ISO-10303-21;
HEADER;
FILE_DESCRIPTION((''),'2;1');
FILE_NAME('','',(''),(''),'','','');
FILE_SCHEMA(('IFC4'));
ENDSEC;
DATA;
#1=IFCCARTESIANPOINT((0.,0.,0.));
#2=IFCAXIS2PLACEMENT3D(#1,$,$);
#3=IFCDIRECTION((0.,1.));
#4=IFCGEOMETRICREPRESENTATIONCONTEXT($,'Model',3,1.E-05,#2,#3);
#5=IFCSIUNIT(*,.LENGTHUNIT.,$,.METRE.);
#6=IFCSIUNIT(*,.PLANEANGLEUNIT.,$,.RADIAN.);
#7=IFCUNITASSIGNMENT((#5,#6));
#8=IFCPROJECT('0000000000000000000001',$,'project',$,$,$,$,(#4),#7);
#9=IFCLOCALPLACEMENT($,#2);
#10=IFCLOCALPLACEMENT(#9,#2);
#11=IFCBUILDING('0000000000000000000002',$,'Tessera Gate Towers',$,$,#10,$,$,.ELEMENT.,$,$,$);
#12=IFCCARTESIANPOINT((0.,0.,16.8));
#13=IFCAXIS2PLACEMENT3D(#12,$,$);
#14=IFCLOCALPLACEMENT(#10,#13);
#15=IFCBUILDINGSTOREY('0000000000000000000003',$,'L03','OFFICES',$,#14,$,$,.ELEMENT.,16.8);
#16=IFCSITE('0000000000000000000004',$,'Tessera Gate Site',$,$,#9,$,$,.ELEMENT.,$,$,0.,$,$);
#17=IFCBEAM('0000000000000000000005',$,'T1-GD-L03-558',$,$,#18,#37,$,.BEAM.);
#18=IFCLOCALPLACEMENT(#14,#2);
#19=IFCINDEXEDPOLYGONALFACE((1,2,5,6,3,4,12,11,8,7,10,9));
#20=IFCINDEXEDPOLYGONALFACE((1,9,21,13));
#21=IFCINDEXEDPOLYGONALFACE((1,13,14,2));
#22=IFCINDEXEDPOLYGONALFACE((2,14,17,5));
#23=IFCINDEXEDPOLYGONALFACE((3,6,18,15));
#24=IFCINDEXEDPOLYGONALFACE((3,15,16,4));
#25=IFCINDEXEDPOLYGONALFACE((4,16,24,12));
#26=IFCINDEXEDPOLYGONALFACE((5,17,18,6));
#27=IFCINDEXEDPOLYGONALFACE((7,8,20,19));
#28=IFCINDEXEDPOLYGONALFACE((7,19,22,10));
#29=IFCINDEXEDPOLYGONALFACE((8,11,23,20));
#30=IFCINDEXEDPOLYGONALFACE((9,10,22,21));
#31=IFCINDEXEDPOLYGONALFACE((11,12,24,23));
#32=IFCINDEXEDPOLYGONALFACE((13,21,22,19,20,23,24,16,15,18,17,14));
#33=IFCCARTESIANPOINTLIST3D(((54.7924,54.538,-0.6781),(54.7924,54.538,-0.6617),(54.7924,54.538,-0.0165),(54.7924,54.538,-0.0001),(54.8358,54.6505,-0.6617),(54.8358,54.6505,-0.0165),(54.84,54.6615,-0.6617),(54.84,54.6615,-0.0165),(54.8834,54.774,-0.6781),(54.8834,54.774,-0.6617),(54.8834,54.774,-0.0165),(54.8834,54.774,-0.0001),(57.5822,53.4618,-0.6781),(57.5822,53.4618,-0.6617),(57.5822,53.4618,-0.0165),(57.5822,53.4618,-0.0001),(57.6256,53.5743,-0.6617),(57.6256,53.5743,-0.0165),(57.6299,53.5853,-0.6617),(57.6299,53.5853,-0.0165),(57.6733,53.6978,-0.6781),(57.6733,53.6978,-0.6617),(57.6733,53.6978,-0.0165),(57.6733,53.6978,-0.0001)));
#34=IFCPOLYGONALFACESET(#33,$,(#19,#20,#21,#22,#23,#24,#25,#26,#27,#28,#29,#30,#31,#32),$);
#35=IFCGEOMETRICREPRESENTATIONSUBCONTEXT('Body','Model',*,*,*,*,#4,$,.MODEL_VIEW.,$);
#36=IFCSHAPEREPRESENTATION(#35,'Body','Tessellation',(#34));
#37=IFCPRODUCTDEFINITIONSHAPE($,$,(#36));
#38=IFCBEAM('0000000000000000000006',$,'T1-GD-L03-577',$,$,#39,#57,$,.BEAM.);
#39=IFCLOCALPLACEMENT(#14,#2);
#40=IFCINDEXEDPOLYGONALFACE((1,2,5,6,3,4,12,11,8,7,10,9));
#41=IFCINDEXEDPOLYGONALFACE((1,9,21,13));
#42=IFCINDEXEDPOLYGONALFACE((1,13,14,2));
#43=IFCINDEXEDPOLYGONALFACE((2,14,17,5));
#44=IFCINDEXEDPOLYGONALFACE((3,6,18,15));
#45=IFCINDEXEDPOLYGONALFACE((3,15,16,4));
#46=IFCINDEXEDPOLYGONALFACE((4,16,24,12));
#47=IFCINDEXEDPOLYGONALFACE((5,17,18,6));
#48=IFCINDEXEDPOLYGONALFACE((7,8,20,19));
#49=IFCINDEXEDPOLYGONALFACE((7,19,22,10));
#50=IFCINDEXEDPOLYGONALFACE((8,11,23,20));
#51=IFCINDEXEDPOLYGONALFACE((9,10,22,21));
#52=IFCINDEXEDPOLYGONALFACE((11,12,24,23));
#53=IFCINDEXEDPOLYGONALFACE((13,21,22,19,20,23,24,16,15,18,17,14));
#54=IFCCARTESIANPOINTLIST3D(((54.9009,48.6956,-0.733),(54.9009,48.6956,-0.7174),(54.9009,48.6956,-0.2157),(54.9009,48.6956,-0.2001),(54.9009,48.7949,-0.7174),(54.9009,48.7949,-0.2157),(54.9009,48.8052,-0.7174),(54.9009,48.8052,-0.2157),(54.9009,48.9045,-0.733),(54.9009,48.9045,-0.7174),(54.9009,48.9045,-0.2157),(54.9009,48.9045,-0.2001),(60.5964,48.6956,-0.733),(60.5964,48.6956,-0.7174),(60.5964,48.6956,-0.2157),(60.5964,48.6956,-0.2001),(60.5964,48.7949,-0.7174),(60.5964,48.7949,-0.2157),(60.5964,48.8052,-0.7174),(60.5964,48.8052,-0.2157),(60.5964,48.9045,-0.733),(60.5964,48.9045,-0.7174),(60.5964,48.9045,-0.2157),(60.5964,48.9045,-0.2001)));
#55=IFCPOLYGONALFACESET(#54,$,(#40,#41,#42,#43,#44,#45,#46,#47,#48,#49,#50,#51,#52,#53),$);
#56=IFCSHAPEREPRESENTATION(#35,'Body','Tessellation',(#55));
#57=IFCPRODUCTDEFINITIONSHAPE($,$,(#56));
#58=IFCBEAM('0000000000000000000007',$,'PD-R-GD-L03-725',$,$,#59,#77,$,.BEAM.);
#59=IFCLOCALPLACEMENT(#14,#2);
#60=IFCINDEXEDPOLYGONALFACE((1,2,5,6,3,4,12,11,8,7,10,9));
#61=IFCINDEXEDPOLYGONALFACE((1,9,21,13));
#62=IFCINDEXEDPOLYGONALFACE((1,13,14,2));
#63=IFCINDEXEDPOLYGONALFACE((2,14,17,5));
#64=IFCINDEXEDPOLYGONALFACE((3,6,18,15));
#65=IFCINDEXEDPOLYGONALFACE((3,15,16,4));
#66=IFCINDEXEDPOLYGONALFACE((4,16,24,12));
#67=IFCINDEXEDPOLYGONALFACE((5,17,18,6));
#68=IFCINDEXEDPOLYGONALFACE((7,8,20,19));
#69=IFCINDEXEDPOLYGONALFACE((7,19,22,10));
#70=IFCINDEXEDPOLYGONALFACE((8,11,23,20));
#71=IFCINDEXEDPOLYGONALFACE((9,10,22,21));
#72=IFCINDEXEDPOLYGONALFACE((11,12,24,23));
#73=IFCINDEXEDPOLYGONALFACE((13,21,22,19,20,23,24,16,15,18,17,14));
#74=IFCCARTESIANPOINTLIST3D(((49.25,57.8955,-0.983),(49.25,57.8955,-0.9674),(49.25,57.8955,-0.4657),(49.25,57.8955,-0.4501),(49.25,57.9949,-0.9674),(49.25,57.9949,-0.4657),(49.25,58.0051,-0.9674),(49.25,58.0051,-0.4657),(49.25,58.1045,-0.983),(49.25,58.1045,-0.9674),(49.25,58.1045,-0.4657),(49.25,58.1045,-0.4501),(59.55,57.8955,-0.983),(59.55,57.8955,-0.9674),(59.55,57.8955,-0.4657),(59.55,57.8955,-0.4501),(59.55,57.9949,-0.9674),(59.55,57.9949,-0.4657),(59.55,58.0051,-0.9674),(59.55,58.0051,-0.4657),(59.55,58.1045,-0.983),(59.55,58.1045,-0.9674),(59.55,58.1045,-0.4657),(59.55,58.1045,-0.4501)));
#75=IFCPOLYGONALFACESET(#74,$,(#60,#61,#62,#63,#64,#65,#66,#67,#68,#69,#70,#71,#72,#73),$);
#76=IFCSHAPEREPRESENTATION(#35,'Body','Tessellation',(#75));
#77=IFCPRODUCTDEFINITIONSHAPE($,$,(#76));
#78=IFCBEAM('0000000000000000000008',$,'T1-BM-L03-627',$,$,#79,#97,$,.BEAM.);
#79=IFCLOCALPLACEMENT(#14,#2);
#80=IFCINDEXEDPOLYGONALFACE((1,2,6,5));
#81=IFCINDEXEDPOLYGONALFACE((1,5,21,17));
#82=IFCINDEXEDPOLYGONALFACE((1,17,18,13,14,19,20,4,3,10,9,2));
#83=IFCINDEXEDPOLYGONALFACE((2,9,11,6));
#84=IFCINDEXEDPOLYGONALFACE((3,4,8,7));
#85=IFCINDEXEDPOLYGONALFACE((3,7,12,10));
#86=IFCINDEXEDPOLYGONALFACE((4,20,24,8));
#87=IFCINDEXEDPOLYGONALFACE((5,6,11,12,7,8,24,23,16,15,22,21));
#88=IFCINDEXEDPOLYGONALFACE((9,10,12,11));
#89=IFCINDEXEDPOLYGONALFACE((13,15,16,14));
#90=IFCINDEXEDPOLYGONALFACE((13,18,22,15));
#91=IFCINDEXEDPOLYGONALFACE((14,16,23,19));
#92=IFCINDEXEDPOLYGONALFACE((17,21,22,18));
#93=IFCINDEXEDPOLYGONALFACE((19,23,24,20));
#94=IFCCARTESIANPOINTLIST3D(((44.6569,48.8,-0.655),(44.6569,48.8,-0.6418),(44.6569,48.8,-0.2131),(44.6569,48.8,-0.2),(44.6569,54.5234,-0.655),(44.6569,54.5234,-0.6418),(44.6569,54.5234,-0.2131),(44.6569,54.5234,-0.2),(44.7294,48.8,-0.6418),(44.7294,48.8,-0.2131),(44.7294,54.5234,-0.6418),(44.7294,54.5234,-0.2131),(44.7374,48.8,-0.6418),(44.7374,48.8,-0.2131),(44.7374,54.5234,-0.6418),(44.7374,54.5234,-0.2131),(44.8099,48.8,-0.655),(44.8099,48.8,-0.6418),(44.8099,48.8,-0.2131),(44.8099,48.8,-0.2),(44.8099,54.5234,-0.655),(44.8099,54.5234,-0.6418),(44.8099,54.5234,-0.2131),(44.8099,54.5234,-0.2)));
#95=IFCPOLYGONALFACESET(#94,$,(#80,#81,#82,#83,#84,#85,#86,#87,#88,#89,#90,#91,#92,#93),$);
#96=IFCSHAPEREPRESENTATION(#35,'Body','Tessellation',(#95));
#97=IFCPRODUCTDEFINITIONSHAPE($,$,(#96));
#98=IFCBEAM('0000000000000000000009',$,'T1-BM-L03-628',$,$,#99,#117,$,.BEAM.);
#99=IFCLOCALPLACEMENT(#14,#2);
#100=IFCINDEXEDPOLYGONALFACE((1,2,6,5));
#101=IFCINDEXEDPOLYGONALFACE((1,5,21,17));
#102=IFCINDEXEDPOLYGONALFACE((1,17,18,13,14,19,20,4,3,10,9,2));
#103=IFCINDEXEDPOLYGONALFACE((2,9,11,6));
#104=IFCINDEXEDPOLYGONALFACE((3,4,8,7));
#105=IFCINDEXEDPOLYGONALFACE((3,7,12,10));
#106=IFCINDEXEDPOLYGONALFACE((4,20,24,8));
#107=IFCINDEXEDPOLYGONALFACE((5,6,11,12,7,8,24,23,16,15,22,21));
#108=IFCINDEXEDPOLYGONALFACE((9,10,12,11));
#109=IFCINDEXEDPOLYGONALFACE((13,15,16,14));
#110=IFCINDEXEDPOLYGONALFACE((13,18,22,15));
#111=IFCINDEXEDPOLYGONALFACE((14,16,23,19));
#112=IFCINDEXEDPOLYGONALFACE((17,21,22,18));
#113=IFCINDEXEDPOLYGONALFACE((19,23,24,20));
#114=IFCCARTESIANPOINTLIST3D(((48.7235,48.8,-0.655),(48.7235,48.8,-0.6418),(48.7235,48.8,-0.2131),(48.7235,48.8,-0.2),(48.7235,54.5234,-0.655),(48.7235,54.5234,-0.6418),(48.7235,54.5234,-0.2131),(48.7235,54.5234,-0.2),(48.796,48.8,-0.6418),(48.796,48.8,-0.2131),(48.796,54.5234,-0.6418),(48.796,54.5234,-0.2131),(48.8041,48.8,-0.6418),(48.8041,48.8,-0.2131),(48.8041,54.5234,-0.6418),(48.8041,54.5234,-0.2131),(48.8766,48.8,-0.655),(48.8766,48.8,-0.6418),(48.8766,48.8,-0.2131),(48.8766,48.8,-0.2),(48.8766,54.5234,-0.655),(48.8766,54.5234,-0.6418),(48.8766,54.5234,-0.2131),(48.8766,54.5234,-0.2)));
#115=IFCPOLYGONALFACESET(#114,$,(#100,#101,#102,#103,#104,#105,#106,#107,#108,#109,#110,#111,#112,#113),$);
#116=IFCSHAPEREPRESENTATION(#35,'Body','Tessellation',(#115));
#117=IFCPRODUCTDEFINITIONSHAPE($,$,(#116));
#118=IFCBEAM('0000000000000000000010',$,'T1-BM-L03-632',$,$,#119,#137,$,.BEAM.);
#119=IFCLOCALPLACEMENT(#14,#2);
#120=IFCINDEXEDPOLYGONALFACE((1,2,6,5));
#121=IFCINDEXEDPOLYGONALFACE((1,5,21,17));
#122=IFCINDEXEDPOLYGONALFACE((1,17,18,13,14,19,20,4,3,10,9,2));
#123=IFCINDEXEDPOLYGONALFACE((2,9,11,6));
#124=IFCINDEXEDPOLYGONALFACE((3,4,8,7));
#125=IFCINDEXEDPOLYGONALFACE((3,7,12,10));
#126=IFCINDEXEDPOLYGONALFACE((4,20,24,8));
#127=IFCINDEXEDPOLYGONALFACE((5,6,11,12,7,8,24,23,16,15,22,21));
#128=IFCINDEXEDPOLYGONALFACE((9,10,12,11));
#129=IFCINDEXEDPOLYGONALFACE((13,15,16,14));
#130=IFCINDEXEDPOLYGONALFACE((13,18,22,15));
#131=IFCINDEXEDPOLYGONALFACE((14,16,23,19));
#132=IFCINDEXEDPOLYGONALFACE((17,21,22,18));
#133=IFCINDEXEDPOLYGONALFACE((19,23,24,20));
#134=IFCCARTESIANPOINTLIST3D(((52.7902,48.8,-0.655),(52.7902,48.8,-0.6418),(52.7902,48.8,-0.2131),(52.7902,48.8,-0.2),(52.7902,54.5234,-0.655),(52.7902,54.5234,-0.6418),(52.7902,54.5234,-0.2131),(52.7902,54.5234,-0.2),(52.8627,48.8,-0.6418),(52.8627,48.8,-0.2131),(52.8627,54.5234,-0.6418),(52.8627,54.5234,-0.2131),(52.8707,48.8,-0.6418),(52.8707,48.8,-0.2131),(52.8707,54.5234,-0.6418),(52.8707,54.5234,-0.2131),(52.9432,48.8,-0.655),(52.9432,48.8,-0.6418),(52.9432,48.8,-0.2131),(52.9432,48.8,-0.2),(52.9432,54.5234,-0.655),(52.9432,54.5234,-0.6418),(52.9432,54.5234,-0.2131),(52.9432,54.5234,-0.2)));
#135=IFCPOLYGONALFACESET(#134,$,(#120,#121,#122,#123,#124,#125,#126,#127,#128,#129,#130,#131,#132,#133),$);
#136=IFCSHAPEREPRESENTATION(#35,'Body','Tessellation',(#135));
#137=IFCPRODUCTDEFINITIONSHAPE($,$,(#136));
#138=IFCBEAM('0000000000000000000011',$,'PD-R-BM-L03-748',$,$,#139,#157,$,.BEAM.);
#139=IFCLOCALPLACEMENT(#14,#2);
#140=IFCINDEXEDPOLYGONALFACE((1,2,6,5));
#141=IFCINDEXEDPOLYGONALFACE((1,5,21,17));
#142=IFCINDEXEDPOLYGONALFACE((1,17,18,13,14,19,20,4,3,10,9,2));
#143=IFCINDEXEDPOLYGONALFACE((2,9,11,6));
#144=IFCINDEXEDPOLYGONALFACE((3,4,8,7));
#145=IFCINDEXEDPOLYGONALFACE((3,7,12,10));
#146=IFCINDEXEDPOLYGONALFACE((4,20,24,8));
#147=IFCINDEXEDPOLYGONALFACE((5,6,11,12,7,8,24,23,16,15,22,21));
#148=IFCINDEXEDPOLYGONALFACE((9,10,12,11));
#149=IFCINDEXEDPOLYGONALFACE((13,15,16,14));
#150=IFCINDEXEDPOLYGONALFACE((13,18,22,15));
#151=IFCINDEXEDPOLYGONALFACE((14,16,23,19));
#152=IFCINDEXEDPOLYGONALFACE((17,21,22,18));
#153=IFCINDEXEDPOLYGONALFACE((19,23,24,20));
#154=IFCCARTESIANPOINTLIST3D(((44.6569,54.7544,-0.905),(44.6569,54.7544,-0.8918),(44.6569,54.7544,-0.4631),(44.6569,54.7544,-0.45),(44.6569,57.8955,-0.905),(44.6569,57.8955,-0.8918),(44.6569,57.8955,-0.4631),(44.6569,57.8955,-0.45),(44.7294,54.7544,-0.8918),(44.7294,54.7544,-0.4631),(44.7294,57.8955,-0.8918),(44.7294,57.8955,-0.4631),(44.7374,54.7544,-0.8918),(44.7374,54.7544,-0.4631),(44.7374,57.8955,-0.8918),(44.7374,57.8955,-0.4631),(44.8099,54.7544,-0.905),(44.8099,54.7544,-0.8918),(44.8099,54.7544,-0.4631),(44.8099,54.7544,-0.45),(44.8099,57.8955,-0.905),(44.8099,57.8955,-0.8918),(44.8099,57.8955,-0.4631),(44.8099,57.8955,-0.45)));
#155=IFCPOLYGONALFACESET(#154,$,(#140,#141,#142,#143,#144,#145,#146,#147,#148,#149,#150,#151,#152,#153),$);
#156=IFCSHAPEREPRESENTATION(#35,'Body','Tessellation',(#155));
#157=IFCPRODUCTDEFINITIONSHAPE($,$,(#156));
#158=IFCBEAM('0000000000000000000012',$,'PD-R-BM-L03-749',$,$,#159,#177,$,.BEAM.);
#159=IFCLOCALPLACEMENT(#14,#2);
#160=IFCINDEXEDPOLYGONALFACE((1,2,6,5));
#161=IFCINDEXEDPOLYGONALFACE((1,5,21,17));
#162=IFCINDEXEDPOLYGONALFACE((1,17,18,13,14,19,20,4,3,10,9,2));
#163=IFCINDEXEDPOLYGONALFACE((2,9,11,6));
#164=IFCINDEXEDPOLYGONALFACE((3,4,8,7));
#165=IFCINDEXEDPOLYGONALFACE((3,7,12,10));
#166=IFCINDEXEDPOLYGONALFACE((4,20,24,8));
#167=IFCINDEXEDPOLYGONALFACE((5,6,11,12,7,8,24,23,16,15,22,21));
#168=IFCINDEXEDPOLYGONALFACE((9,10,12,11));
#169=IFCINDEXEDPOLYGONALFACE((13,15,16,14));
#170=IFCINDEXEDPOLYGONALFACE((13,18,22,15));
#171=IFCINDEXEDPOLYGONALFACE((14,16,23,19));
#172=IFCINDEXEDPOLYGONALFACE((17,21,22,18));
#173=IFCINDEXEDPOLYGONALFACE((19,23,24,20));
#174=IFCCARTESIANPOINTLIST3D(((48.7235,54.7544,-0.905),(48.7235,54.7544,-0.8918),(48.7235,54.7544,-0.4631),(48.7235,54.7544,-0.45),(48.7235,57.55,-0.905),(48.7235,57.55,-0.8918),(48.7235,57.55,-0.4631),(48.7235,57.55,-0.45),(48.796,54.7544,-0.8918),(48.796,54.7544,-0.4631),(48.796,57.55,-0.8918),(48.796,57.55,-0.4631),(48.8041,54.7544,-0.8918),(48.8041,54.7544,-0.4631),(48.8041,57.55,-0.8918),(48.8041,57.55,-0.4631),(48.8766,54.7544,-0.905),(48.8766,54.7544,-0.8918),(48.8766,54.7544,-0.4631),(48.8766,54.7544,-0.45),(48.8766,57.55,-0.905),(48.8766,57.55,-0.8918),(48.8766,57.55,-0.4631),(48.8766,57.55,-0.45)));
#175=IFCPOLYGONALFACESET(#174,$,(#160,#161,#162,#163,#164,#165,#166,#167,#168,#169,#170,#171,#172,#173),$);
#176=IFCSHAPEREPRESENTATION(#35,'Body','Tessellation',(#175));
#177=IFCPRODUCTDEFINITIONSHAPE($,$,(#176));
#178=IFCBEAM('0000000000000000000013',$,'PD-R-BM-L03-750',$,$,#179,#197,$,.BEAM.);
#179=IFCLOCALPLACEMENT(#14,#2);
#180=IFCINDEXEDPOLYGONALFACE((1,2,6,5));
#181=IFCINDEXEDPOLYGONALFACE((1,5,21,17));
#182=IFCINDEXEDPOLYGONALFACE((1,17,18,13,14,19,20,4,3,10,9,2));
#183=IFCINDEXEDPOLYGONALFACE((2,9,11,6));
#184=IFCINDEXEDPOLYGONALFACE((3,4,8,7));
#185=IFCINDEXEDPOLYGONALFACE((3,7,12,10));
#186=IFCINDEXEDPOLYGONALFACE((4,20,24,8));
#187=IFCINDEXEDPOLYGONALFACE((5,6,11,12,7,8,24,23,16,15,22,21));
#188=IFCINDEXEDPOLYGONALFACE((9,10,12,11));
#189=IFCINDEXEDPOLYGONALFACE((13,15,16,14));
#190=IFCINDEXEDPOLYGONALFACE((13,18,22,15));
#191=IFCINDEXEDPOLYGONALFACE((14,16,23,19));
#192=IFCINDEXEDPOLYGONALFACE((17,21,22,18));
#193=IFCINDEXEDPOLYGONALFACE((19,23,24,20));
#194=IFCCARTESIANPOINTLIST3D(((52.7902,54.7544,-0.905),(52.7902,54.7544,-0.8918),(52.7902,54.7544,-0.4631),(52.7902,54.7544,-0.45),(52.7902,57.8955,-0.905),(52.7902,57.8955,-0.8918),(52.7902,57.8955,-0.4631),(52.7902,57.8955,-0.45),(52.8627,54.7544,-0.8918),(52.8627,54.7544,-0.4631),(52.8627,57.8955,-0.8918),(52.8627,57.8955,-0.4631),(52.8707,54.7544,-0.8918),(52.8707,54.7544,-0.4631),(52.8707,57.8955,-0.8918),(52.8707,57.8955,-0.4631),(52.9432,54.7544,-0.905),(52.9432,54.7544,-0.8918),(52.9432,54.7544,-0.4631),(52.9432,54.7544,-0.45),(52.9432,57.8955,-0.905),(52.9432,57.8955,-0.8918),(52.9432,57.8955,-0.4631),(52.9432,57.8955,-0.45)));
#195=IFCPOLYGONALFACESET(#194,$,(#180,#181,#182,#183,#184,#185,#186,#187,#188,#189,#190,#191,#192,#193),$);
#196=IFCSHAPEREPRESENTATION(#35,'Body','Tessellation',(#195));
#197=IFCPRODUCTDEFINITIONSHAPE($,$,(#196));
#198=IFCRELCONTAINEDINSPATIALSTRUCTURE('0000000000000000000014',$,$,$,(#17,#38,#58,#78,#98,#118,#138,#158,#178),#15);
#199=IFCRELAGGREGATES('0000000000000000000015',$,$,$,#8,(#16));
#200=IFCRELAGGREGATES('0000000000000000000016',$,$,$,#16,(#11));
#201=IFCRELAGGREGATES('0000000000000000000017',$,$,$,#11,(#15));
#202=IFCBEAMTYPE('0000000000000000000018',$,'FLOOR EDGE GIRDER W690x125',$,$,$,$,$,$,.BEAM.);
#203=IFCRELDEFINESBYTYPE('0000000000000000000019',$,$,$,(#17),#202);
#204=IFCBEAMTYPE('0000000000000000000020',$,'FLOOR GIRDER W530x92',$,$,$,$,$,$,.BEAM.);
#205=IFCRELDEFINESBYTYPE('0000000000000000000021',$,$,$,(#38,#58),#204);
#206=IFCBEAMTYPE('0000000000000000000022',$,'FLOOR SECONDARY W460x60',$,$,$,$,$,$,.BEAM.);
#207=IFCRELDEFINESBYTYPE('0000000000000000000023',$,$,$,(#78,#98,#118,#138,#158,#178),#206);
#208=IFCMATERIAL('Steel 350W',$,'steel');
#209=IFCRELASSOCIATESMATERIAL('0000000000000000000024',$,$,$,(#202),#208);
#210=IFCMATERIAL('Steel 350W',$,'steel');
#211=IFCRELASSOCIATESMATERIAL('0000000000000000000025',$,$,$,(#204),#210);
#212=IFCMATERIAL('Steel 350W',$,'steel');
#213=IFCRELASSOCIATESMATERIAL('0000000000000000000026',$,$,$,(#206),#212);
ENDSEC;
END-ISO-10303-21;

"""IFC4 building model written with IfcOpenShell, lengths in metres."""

from ifc_helpers import new_model, si_unit, direction, frame, origin, origin_2d, place, context, subcontext, project, spatial, i_section, extrude, material, material_profile, profile_set, type_object, element, save


model = new_model("IFC4")

# Units and contexts
model_context = context("Model", 3, precision=1e-05, world=origin(), true_north=direction((0.0, 1.0)))
body_context = subcontext(model_context, "Body", "Model", "MODEL_VIEW")
ifc_project = project(units=[si_unit("LENGTHUNIT", "METRE"), si_unit("PLANEANGLEUNIT", "RADIAN")], contexts=[model_context])

# Site, building, storey
site_placement = place(None, origin())
site = spatial("IfcSite", under=ifc_project, at=site_placement, Name="Tessera Gate Site", CompositionType="ELEMENT", RefElevation=0.0)
building_placement = place(site_placement, origin())
building = spatial("IfcBuilding", under=site, at=building_placement, Name="Tessera Gate Towers", CompositionType="ELEMENT")
storey_placement = place(building_placement, frame((0.0, 0.0, 16.8)))
storey = spatial("IfcBuildingStorey", under=building, at=storey_placement, Name="L03", Description="OFFICES", CompositionType="ELEMENT", Elevation=16.8)

# Beams
ifc_material_1 = material(Name="Steel 350W", Category="steel")
ifc_material_profile_1 = material_profile(ifc_material_1, i_section(OverallWidth=0.2529, OverallDepth=0.678, WebThickness=0.0117, FlangeThickness=0.0164, at=origin_2d()), Name="W690x125")
ifc_profile_set_1 = profile_set([ifc_material_profile_1], Name="Steel 350W")
beam_type_1 = type_object("IfcBeamType", Name="FLOOR EDGE GIRDER W690x125", PredefinedType="BEAM", material=ifc_profile_set_1)
beam_1_placement = place(storey_placement, frame((54.8379, 54.656, -0.3391), z_axis=(0.93299, -0.359904, 0.0), x_axis=(0.359904, 0.93299, 0.0)))
element("IfcBeam", 1, at=beam_1_placement, inside=storey, type_object=beam_type_1, Name="T1-GD-L03-558", PredefinedType="BEAM", context=body_context, shape_type="SweptSolid", body=[
    extrude(i_section(OverallWidth=0.2529, OverallDepth=0.678, WebThickness=0.0117, FlangeThickness=0.0164, at=origin_2d()), origin(), (0.0, 0.0, 1.0), 2.9902),
])
ifc_material_2 = material(Name="Steel 350W", Category="steel")
ifc_material_profile_2 = material_profile(ifc_material_2, i_section(OverallWidth=0.209, OverallDepth=0.533, WebThickness=0.0103, FlangeThickness=0.0156, at=origin_2d()), Name="W530x92")
ifc_profile_set_2 = profile_set([ifc_material_profile_2], Name="Steel 350W")
beam_type_2 = type_object("IfcBeamType", Name="FLOOR GIRDER W530x92", PredefinedType="BEAM", material=ifc_profile_set_2)
beam_2_placement = place(storey_placement, frame((54.9009, 48.8, -0.4666), z_axis=(1.0, 0.0, 0.0), x_axis=(0.0, 1.0, 0.0)))
element("IfcBeam", 2, at=beam_2_placement, inside=storey, type_object=beam_type_2, Name="T1-GD-L03-577", PredefinedType="BEAM", context=body_context, shape_type="SweptSolid", body=[
    extrude(i_section(OverallWidth=0.209, OverallDepth=0.533, WebThickness=0.0103, FlangeThickness=0.0156, at=origin_2d()), origin(), (0.0, 0.0, 1.0), 5.6956),
])
beam_3_placement = place(storey_placement, frame((49.25, 58.0, -0.7166), z_axis=(1.0, 0.0, 0.0), x_axis=(0.0, 1.0, 0.0)))
element("IfcBeam", 3, at=beam_3_placement, inside=storey, type_object=beam_type_2, Name="PD-R-GD-L03-725", PredefinedType="BEAM", context=body_context, shape_type="SweptSolid", body=[
    extrude(i_section(OverallWidth=0.209, OverallDepth=0.533, WebThickness=0.0103, FlangeThickness=0.0156, at=origin_2d()), origin(), (0.0, 0.0, 1.0), 10.3),
])
ifc_material_3 = material(Name="Steel 350W", Category="steel")
ifc_material_profile_3 = material_profile(ifc_material_3, i_section(OverallWidth=0.1531, OverallDepth=0.4551, WebThickness=0.0081, FlangeThickness=0.0132, at=origin_2d()), Name="W460x60")
ifc_profile_set_3 = profile_set([ifc_material_profile_3], Name="Steel 350W")
beam_type_3 = type_object("IfcBeamType", Name="FLOOR SECONDARY W460x60", PredefinedType="BEAM", material=ifc_profile_set_3)
for number, where, z_axis, x_axis, name in (
    (4, (44.7334, 48.8, -0.4275), (0.0, 1.0, 0.0), (-1.0, 0.0, 0.0), "T1-BM-L03-627"),
    (5, (48.8, 48.8, -0.4275), (0.0, 1.0, 0.0), (-1.0, 0.0, 0.0), "T1-BM-L03-628"),
    (6, (52.8667, 48.8, -0.4275), (0.0, 1.0, 0.0), (-1.0, 0.0, 0.0), "T1-BM-L03-632"),
):
    element("IfcBeam", number, at=place(storey_placement, frame(where, z_axis=z_axis, x_axis=x_axis)), inside=storey, type_object=beam_type_3, Name=name, PredefinedType="BEAM", context=body_context, shape_type="SweptSolid", body=[
        extrude(i_section(OverallWidth=0.1531, OverallDepth=0.4551, WebThickness=0.0081, FlangeThickness=0.0132, at=origin_2d()), origin(), (0.0, 0.0, 1.0), 5.7234),
    ])
beam_4_placement = place(storey_placement, frame((44.7334, 54.7544, -0.6775), z_axis=(0.0, 1.0, 0.0), x_axis=(-1.0, 0.0, 0.0)))
element("IfcBeam", 7, at=beam_4_placement, inside=storey, type_object=beam_type_3, Name="PD-R-BM-L03-748", PredefinedType="BEAM", context=body_context, shape_type="SweptSolid", body=[
    extrude(i_section(OverallWidth=0.1531, OverallDepth=0.4551, WebThickness=0.0081, FlangeThickness=0.0132, at=origin_2d()), origin(), (0.0, 0.0, 1.0), 3.1411),
])
beam_5_placement = place(storey_placement, frame((48.8, 54.7544, -0.6775), z_axis=(0.0, 1.0, 0.0), x_axis=(-1.0, 0.0, 0.0)))
element("IfcBeam", 8, at=beam_5_placement, inside=storey, type_object=beam_type_3, Name="PD-R-BM-L03-749", PredefinedType="BEAM", context=body_context, shape_type="SweptSolid", body=[
    extrude(i_section(OverallWidth=0.1531, OverallDepth=0.4551, WebThickness=0.0081, FlangeThickness=0.0132, at=origin_2d()), origin(), (0.0, 0.0, 1.0), 2.7957),
])
beam_6_placement = place(storey_placement, frame((52.8667, 54.7544, -0.6775), z_axis=(0.0, 1.0, 0.0), x_axis=(-1.0, 0.0, 0.0)))
element("IfcBeam", 9, at=beam_6_placement, inside=storey, type_object=beam_type_3, Name="PD-R-BM-L03-750", PredefinedType="BEAM", context=body_context, shape_type="SweptSolid", body=[
    extrude(i_section(OverallWidth=0.1531, OverallDepth=0.4551, WebThickness=0.0081, FlangeThickness=0.0132, at=origin_2d()), origin(), (0.0, 0.0, 1.0), 3.1411),
])

save(model, "model.ifc")
